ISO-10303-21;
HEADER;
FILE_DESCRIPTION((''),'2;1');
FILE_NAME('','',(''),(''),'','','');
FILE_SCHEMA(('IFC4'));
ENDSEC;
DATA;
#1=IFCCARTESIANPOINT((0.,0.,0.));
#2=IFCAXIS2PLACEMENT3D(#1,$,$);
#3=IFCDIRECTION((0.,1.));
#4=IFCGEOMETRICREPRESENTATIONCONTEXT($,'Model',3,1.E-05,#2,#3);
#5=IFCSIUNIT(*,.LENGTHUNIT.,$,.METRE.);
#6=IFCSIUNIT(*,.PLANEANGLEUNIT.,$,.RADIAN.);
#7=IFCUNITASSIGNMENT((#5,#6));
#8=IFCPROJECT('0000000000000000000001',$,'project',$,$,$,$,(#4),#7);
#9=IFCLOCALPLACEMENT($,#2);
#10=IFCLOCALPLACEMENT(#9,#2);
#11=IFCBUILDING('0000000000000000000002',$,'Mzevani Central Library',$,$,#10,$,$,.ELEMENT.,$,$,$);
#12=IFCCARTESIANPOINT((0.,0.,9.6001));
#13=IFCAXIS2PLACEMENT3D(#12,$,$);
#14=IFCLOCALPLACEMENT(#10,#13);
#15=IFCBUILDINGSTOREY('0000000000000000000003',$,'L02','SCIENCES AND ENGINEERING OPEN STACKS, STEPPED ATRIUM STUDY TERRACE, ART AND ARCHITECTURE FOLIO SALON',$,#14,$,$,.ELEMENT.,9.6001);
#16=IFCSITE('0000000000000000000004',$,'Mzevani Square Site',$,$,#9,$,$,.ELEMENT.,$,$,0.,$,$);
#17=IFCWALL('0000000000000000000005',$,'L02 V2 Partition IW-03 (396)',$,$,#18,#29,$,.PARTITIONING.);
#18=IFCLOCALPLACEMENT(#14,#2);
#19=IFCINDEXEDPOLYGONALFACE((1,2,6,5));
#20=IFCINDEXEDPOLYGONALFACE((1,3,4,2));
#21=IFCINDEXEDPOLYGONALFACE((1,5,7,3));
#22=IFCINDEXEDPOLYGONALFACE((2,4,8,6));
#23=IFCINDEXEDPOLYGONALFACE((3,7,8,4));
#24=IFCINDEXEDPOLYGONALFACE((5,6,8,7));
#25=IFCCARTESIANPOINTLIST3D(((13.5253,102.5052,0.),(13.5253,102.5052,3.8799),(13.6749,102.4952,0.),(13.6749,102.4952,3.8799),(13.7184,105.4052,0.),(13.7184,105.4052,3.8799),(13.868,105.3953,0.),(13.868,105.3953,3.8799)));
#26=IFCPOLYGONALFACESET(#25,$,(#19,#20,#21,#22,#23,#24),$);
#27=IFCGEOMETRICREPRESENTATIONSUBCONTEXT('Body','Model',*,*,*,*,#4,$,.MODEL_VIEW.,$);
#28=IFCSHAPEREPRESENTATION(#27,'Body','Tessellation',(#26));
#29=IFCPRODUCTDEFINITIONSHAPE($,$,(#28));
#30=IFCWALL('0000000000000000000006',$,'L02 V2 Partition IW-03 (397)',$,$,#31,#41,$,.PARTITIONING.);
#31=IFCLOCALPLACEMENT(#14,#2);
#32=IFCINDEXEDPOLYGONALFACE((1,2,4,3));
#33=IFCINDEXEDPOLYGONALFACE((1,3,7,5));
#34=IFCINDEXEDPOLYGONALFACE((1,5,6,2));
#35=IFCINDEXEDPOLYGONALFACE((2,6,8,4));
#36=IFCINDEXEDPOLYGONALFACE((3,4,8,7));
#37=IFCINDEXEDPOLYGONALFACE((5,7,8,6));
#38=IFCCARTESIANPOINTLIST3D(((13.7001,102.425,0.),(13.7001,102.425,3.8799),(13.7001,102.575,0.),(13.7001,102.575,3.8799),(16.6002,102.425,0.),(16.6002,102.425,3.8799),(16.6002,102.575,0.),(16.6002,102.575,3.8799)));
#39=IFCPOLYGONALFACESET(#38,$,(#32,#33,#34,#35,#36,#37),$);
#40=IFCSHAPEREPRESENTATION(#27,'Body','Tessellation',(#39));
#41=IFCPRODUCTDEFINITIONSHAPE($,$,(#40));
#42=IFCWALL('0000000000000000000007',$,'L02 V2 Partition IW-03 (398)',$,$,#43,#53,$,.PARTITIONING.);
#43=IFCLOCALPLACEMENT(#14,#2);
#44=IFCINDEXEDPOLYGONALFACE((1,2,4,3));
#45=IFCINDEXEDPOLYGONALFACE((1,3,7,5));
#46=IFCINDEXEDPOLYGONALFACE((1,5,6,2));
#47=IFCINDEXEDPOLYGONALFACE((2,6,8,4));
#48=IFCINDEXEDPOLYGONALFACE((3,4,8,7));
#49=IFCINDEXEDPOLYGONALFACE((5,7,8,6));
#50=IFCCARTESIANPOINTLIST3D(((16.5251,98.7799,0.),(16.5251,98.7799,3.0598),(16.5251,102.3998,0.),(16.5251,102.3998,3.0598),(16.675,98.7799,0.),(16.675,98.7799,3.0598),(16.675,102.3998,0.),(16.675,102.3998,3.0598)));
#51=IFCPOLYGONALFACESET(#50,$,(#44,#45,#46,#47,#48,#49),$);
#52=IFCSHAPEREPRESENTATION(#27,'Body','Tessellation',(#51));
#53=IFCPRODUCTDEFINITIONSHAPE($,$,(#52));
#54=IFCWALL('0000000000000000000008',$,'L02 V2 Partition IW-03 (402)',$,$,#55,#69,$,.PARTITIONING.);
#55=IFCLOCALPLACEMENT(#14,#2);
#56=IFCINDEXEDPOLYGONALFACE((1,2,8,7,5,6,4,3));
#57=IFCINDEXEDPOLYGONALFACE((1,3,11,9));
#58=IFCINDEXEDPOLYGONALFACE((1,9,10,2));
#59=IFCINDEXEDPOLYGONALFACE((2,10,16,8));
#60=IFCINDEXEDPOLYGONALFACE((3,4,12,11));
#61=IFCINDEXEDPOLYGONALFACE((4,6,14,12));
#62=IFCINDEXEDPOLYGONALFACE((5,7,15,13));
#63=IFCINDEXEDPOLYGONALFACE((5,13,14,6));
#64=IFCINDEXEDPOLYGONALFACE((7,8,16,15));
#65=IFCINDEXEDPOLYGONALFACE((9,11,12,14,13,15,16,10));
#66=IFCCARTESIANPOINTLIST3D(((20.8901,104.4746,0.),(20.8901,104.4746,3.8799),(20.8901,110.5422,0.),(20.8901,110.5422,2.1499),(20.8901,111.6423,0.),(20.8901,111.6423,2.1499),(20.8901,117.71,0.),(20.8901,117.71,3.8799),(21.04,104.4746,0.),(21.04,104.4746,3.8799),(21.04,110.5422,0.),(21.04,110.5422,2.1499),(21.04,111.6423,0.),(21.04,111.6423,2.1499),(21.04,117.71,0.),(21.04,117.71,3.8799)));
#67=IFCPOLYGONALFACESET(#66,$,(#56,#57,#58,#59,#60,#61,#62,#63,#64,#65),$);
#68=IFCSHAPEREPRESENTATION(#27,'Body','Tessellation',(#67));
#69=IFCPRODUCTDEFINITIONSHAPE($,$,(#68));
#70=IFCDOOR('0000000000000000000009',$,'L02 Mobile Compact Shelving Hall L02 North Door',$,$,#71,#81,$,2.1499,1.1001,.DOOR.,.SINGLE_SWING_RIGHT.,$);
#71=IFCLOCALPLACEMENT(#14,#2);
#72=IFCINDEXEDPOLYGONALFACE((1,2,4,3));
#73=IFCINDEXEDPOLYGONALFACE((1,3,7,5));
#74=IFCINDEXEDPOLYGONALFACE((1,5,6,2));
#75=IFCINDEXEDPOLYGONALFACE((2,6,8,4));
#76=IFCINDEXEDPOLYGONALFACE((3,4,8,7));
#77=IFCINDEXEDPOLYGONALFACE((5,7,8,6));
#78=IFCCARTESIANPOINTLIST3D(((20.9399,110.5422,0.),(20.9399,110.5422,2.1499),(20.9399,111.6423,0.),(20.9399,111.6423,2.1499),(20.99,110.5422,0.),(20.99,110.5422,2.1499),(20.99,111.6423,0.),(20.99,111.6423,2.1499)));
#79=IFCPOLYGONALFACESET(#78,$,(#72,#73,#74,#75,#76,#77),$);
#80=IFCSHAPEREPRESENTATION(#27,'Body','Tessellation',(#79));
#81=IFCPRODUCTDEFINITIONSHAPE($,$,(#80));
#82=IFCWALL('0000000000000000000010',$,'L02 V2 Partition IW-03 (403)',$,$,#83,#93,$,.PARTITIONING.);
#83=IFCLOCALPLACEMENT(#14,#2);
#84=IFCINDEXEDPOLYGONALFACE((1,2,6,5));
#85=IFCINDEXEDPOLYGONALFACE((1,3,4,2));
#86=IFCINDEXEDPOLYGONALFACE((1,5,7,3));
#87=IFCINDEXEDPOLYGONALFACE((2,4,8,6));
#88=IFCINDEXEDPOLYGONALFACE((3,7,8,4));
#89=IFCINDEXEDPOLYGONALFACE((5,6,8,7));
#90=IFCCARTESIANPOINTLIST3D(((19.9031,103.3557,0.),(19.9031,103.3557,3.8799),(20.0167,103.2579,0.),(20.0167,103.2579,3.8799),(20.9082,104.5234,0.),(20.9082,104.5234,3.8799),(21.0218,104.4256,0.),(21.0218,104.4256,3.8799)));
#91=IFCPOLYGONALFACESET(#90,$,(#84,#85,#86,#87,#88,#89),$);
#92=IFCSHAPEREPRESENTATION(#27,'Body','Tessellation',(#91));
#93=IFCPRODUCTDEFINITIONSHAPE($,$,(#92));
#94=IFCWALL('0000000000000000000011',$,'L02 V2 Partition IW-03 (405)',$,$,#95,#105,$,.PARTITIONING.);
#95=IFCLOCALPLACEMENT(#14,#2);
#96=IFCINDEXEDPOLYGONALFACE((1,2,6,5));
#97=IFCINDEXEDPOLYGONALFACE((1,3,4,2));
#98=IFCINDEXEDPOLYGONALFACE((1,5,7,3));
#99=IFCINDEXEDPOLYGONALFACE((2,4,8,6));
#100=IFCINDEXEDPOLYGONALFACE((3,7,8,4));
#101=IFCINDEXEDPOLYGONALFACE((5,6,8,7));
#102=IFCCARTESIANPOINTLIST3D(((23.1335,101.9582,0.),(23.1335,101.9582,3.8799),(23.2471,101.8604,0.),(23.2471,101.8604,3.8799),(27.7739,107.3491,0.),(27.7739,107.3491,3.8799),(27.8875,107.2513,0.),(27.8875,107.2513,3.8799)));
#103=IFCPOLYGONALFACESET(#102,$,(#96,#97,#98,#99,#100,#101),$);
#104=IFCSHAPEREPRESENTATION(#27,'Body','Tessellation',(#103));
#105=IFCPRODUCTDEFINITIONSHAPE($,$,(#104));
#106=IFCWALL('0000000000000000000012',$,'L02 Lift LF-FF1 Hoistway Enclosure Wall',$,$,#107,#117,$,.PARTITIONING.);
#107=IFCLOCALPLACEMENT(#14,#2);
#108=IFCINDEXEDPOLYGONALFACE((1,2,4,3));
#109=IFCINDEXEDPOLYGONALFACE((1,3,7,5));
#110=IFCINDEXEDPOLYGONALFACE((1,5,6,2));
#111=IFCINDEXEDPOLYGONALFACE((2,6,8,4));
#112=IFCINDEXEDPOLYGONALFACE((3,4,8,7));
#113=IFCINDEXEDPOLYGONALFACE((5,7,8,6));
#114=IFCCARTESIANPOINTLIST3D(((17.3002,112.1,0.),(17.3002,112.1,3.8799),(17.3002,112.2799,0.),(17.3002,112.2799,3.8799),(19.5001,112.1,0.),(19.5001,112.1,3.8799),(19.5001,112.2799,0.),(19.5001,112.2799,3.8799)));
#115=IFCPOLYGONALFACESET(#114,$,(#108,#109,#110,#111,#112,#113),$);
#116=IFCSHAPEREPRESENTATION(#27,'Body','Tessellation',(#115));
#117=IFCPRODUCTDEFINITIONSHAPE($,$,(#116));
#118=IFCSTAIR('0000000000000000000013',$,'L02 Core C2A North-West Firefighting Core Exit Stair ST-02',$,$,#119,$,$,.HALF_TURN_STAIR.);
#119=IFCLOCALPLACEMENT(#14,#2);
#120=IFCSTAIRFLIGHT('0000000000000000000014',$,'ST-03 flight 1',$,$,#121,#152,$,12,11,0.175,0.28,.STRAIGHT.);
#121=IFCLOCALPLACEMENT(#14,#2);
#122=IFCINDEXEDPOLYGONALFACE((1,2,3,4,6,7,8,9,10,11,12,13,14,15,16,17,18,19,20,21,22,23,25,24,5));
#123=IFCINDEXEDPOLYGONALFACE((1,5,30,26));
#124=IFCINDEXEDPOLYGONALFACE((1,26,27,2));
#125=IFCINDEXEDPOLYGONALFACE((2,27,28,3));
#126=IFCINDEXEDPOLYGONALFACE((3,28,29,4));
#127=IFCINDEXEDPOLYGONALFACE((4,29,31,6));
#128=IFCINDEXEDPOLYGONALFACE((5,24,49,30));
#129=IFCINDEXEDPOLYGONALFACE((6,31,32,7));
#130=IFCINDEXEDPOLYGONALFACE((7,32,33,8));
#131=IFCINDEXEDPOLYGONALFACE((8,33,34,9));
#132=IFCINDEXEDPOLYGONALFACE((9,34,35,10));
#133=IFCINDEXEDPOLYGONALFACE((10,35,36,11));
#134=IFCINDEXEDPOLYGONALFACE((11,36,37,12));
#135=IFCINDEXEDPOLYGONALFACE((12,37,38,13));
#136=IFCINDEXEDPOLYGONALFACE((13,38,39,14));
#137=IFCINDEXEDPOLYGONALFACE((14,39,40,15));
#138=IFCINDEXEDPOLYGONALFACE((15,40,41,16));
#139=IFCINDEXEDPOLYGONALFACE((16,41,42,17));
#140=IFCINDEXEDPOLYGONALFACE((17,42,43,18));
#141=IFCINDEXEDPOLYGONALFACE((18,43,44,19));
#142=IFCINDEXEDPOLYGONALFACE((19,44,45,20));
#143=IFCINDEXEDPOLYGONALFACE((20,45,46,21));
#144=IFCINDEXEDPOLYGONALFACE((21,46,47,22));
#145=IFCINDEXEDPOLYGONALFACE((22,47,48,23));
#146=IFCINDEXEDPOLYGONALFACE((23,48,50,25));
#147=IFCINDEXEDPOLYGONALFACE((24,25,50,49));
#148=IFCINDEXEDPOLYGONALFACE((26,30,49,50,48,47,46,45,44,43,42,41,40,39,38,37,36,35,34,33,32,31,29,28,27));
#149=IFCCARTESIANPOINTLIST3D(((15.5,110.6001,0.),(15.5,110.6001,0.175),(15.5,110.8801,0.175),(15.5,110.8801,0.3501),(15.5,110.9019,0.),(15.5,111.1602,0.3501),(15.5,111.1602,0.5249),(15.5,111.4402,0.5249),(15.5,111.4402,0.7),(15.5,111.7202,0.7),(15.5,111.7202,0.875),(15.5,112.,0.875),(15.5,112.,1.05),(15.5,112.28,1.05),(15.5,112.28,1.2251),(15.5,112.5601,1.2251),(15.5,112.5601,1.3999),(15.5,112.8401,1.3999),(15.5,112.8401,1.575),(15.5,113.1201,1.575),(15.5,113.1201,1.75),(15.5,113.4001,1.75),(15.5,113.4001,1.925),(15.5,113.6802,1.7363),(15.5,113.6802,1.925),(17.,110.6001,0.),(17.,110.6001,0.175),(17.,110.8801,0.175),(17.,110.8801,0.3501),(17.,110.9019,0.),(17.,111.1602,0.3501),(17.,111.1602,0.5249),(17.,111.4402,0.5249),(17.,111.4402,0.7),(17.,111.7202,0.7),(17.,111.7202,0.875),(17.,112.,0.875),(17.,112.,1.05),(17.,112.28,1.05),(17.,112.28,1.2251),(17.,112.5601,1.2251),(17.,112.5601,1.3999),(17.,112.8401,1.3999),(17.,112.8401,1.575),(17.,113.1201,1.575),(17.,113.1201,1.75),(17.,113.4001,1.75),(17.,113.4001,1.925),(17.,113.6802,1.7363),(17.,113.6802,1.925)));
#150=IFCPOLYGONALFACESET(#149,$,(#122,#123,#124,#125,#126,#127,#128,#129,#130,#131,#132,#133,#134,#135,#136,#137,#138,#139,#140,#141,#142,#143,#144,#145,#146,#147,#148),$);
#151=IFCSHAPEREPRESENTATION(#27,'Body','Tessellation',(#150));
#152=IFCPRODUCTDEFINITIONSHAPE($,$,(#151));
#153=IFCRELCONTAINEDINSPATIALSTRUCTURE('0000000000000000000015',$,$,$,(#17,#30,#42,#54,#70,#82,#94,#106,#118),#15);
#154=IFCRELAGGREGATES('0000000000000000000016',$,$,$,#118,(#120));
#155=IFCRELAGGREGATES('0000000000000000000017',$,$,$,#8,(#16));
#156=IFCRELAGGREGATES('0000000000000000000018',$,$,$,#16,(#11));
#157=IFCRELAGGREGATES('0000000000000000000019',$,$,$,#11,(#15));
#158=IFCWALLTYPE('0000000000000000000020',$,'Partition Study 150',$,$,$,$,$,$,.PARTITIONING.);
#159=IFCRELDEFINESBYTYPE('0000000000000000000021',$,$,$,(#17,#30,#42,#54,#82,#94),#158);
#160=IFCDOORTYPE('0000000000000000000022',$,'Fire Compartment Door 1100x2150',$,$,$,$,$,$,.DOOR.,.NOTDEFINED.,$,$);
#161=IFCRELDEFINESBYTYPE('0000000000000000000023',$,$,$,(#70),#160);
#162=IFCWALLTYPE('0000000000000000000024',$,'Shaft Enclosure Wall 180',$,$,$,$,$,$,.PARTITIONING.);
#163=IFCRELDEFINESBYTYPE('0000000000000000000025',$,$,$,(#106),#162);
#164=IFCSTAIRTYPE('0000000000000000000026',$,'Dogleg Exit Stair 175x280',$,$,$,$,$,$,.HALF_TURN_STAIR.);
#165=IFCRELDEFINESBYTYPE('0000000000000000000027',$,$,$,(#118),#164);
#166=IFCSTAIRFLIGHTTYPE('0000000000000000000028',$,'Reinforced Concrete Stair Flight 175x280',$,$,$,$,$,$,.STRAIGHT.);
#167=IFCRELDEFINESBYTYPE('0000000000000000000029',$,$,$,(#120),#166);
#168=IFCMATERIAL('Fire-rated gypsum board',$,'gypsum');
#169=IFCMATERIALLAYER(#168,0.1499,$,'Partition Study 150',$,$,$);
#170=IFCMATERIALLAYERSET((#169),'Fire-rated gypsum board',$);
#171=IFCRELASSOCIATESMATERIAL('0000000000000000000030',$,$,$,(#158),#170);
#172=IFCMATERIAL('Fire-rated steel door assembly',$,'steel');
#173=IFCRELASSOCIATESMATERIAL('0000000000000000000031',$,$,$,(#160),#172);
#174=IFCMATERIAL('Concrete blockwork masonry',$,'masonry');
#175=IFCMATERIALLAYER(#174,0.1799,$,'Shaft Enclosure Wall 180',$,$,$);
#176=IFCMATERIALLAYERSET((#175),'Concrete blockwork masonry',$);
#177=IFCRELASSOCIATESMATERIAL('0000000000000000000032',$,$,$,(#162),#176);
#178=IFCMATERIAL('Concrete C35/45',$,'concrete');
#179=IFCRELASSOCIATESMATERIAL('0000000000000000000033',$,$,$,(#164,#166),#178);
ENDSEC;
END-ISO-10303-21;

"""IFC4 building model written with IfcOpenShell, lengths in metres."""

from ifc_helpers import new_model, si_unit, direction, frame, frame_2d, origin, place, context, subcontext, project, spatial, polyline, rectangle, outline, extrude, material, layer, layer_set, type_object, element, fill, aggregate, save


model = new_model("IFC4")

# Units and contexts
model_context = context("Model", 3, precision=1e-05, world=origin(), true_north=direction((0.0, 1.0)))
body_context = subcontext(model_context, "Body", "Model", "MODEL_VIEW")
ifc_project = project(units=[si_unit("LENGTHUNIT", "METRE"), si_unit("PLANEANGLEUNIT", "RADIAN")], contexts=[model_context])

# Site, building, storey
site_placement = place(None, origin())
site = spatial("IfcSite", under=ifc_project, at=site_placement, Name="Mzevani Square Site", CompositionType="ELEMENT", RefElevation=0.0)
building_placement = place(site_placement, origin())
building = spatial("IfcBuilding", under=site, at=building_placement, Name="Mzevani Central Library", CompositionType="ELEMENT")
storey_placement = place(building_placement, frame((0.0, 0.0, 9.6001)))
storey = spatial("IfcBuildingStorey", under=building, at=storey_placement, Name="L02", Description="SCIENCES AND ENGINEERING OPEN STACKS, STEPPED ATRIUM STUDY TERRACE, ART AND ARCHITECTURE FOLIO SALON", CompositionType="ELEMENT", Elevation=9.6001)

# Shared definitions
ifc_material_1 = material(Name="Concrete C35/45", Category="concrete")

# Shared definitions
ifc_material_2 = material(Name="Fire-rated steel door assembly", Category="steel")

# Walls
ifc_material_3 = material(Name="Fire-rated gypsum board", Category="gypsum")
ifc_layer_1 = layer(ifc_material_3, 0.1499, Name="Partition Study 150")
ifc_layer_set_1 = layer_set([ifc_layer_1], Name="Fire-rated gypsum board")
wall_type_1 = type_object("IfcWallType", Name="Partition Study 150", PredefinedType="PARTITIONING", material=ifc_layer_set_1)
wall_1_placement = place(storey_placement, frame((13.7932, 105.4001, 0.0), z_axis=(0.0, 0.0, 1.0), x_axis=(-0.066441, -0.99779, 0.0)))
element("IfcWall", 1, at=wall_1_placement, inside=storey, type_object=wall_type_1, Name="L02 V2 Partition IW-03 (396)", PredefinedType="PARTITIONING", context=body_context, shape_type="SweptSolid", body=[
    extrude(rectangle(XDim=2.9065, YDim=0.1499, at=frame_2d((1.4531, 0.0))), origin(), (0.0, 0.0, 1.0), 3.8799),
])
wall_2_placement = place(storey_placement, frame((13.7, 102.5, 0.0), z_axis=(0.0, 0.0, 1.0), x_axis=(1.0, 0.0, 0.0)))
element("IfcWall", 2, at=wall_2_placement, inside=storey, type_object=wall_type_1, Name="L02 V2 Partition IW-03 (397)", PredefinedType="PARTITIONING", context=body_context, shape_type="SweptSolid", body=[
    extrude(rectangle(XDim=2.9001, YDim=0.1499, at=frame_2d((1.4502, 0.0))), origin(), (0.0, 0.0, 1.0), 3.8799),
])
wall_3_placement = place(storey_placement, frame((16.6001, 102.3999, 0.0), z_axis=(0.0, 0.0, 1.0), x_axis=(0.0, -1.0, 0.0)))
element("IfcWall", 3, at=wall_3_placement, inside=storey, type_object=wall_type_1, Name="L02 V2 Partition IW-03 (398)", PredefinedType="PARTITIONING", context=body_context, shape_type="SweptSolid", body=[
    extrude(rectangle(XDim=3.6199, YDim=0.1499, at=frame_2d((1.8101, 0.0))), origin(), (0.0, 0.0, 1.0), 3.0598),
])

# Wall, opening, door
wall_4_placement = place(storey_placement, frame((20.9651, 117.71, 0.0), z_axis=(0.0, 0.0, 1.0), x_axis=(0.0, -1.0, 0.0)))
wall_4 = element("IfcWall", 4, at=wall_4_placement, inside=storey, type_object=wall_type_1, Name="L02 V2 Partition IW-03 (402)", PredefinedType="PARTITIONING", context=body_context, shape_type="SweptSolid", body=[
    extrude(rectangle(XDim=13.2354, YDim=0.1499, at=frame_2d((6.6177, 0.0))), origin(), (0.0, 0.0, 1.0), 3.8799),
])
opening_1_placement = place(wall_4_placement, frame((6.0676, 0.0, 0.0)))
opening_1 = element("IfcOpeningElement", 5, at=opening_1_placement, cuts=wall_4, PredefinedType="OPENING", context=body_context, shape_type="SweptSolid", body=[
    extrude(rectangle(XDim=1.1001, YDim=2.1499, at=frame_2d((0.55, 1.075))), frame((0.0, 0.085, 0.0), z_axis=(0.0, -1.0, 0.0), x_axis=(1.0, 0.0, 0.0)), (0.0, 0.0, 1.0), 0.1699),
])
door_type_1 = type_object("IfcDoorType", Name="Fire Compartment Door 1100x2150", OperationType="NOTDEFINED", PredefinedType="DOOR", material=ifc_material_2)
door_1_placement = place(opening_1_placement, origin())
door_1 = element("IfcDoor", 6, at=door_1_placement, inside=storey, type_object=door_type_1, Name="L02 Mobile Compact Shelving Hall L02 North Door", OperationType="SINGLE_SWING_RIGHT", OverallHeight=2.1499, OverallWidth=1.1001, PredefinedType="DOOR", context=body_context, shape_type="SweptSolid", body=[
    extrude(rectangle(XDim=1.1001, YDim=2.1499, at=frame_2d((0.55, 1.075))), frame((0.0, 0.0249, 0.0), z_axis=(0.0, -1.0, 0.0), x_axis=(1.0, 0.0, 0.0)), (0.0, 0.0, 1.0), 0.05),
])
fill(opening_1, door_1)

# Walls
wall_5_placement = place(storey_placement, frame((20.9651, 104.4746, 0.0), z_axis=(0.0, 0.0, 1.0), x_axis=(-0.652369, -0.757902, 0.0)))
element("IfcWall", 7, at=wall_5_placement, inside=storey, type_object=wall_type_1, Name="L02 V2 Partition IW-03 (403)", PredefinedType="PARTITIONING", context=body_context, shape_type="SweptSolid", body=[
    extrude(rectangle(XDim=1.5408, YDim=0.1499, at=frame_2d((0.7705, 0.0))), origin(), (0.0, 0.0, 1.0), 3.8799),
])
wall_6_placement = place(storey_placement, frame((23.1902, 101.9092, 0.0), z_axis=(0.0, 0.0, 1.0), x_axis=(0.652381, 0.757891, 0.0)))
element("IfcWall", 8, at=wall_6_placement, inside=storey, type_object=wall_type_1, Name="L02 V2 Partition IW-03 (405)", PredefinedType="PARTITIONING", context=body_context, shape_type="SweptSolid", body=[
    extrude(rectangle(XDim=7.113, YDim=0.1499, at=frame_2d((3.5566, 0.0))), origin(), (0.0, 0.0, 1.0), 3.8799),
])
ifc_material_4 = material(Name="Concrete blockwork masonry", Category="masonry")
ifc_layer_2 = layer(ifc_material_4, 0.1799, Name="Shaft Enclosure Wall 180")
ifc_layer_set_2 = layer_set([ifc_layer_2], Name="Concrete blockwork masonry")
wall_type_2 = type_object("IfcWallType", Name="Shaft Enclosure Wall 180", PredefinedType="PARTITIONING", material=ifc_layer_set_2)
wall_7_placement = place(storey_placement, frame((17.3, 112.1899, 0.0), z_axis=(0.0, 0.0, 1.0), x_axis=(1.0, 0.0, 0.0)))
element("IfcWall", 9, at=wall_7_placement, inside=storey, type_object=wall_type_2, Name="L02 Lift LF-FF1 Hoistway Enclosure Wall", PredefinedType="PARTITIONING", context=body_context, shape_type="SweptSolid", body=[
    extrude(rectangle(XDim=2.2, YDim=0.1799, at=frame_2d((1.1001, 0.0))), origin(), (0.0, 0.0, 1.0), 3.8799),
])

# Stair, stair flight
stair_type = type_object("IfcStairType", Name="Dogleg Exit Stair 175x280", PredefinedType="HALF_TURN_STAIR", material=ifc_material_1)
stair_placement = place(storey_placement, origin())
stair = element("IfcStair", 10, at=stair_placement, inside=storey, type_object=stair_type, Name="L02 Core C2A North-West Firefighting Core Exit Stair ST-02", PredefinedType="HALF_TURN_STAIR")
stair_flight_type = type_object("IfcStairFlightType", Name="Reinforced Concrete Stair Flight 175x280", PredefinedType="STRAIGHT", material=ifc_material_1)
stair_flight_1_placement = place(storey_placement, frame((16.25, 110.6001, 0.0), z_axis=(0.0, 0.0, 1.0), x_axis=(0.0, 1.0, 0.0)))
stair_flight_1 = element("IfcStairFlight", 11, at=stair_flight_1_placement, type_object=stair_flight_type, Name="ST-03 flight 1", NumberOfRisers=12, NumberOfTreads=11, PredefinedType="STRAIGHT", RiserHeight=0.175, TreadLength=0.28, context=body_context, shape_type="SweptSolid", body=[
    extrude(outline(polyline([(0.0, 0.0), (0.0, 0.175), (0.28, 0.175), (0.28, 0.3501), (0.5601, 0.3501), (0.5601, 0.5249), (0.8401, 0.5249), (0.8401, 0.7), (1.1201, 0.7), (1.1201, 0.875), (1.3999, 0.875), (1.3999, 1.05), (1.6799, 1.05), (1.6799, 1.2251), (1.96, 1.2251), (1.96, 1.3999), (2.24, 1.3999), (2.24, 1.575), (2.52, 1.575), (2.52, 1.75), (2.8, 1.75), (2.8, 1.925), (3.0801, 1.925), (3.0801, 2.1001), (3.0801, 1.7363), (0.3018, 0.0), (0.0, 0.0)])), frame((0.0, 0.75, 0.0), z_axis=(0.0, -1.0, 0.0), x_axis=(1.0, 0.0, 0.0)), (0.0, 0.0, 1.0), 1.5),
])
aggregate(stair, [stair_flight_1])

save(model, "model.ifc")
